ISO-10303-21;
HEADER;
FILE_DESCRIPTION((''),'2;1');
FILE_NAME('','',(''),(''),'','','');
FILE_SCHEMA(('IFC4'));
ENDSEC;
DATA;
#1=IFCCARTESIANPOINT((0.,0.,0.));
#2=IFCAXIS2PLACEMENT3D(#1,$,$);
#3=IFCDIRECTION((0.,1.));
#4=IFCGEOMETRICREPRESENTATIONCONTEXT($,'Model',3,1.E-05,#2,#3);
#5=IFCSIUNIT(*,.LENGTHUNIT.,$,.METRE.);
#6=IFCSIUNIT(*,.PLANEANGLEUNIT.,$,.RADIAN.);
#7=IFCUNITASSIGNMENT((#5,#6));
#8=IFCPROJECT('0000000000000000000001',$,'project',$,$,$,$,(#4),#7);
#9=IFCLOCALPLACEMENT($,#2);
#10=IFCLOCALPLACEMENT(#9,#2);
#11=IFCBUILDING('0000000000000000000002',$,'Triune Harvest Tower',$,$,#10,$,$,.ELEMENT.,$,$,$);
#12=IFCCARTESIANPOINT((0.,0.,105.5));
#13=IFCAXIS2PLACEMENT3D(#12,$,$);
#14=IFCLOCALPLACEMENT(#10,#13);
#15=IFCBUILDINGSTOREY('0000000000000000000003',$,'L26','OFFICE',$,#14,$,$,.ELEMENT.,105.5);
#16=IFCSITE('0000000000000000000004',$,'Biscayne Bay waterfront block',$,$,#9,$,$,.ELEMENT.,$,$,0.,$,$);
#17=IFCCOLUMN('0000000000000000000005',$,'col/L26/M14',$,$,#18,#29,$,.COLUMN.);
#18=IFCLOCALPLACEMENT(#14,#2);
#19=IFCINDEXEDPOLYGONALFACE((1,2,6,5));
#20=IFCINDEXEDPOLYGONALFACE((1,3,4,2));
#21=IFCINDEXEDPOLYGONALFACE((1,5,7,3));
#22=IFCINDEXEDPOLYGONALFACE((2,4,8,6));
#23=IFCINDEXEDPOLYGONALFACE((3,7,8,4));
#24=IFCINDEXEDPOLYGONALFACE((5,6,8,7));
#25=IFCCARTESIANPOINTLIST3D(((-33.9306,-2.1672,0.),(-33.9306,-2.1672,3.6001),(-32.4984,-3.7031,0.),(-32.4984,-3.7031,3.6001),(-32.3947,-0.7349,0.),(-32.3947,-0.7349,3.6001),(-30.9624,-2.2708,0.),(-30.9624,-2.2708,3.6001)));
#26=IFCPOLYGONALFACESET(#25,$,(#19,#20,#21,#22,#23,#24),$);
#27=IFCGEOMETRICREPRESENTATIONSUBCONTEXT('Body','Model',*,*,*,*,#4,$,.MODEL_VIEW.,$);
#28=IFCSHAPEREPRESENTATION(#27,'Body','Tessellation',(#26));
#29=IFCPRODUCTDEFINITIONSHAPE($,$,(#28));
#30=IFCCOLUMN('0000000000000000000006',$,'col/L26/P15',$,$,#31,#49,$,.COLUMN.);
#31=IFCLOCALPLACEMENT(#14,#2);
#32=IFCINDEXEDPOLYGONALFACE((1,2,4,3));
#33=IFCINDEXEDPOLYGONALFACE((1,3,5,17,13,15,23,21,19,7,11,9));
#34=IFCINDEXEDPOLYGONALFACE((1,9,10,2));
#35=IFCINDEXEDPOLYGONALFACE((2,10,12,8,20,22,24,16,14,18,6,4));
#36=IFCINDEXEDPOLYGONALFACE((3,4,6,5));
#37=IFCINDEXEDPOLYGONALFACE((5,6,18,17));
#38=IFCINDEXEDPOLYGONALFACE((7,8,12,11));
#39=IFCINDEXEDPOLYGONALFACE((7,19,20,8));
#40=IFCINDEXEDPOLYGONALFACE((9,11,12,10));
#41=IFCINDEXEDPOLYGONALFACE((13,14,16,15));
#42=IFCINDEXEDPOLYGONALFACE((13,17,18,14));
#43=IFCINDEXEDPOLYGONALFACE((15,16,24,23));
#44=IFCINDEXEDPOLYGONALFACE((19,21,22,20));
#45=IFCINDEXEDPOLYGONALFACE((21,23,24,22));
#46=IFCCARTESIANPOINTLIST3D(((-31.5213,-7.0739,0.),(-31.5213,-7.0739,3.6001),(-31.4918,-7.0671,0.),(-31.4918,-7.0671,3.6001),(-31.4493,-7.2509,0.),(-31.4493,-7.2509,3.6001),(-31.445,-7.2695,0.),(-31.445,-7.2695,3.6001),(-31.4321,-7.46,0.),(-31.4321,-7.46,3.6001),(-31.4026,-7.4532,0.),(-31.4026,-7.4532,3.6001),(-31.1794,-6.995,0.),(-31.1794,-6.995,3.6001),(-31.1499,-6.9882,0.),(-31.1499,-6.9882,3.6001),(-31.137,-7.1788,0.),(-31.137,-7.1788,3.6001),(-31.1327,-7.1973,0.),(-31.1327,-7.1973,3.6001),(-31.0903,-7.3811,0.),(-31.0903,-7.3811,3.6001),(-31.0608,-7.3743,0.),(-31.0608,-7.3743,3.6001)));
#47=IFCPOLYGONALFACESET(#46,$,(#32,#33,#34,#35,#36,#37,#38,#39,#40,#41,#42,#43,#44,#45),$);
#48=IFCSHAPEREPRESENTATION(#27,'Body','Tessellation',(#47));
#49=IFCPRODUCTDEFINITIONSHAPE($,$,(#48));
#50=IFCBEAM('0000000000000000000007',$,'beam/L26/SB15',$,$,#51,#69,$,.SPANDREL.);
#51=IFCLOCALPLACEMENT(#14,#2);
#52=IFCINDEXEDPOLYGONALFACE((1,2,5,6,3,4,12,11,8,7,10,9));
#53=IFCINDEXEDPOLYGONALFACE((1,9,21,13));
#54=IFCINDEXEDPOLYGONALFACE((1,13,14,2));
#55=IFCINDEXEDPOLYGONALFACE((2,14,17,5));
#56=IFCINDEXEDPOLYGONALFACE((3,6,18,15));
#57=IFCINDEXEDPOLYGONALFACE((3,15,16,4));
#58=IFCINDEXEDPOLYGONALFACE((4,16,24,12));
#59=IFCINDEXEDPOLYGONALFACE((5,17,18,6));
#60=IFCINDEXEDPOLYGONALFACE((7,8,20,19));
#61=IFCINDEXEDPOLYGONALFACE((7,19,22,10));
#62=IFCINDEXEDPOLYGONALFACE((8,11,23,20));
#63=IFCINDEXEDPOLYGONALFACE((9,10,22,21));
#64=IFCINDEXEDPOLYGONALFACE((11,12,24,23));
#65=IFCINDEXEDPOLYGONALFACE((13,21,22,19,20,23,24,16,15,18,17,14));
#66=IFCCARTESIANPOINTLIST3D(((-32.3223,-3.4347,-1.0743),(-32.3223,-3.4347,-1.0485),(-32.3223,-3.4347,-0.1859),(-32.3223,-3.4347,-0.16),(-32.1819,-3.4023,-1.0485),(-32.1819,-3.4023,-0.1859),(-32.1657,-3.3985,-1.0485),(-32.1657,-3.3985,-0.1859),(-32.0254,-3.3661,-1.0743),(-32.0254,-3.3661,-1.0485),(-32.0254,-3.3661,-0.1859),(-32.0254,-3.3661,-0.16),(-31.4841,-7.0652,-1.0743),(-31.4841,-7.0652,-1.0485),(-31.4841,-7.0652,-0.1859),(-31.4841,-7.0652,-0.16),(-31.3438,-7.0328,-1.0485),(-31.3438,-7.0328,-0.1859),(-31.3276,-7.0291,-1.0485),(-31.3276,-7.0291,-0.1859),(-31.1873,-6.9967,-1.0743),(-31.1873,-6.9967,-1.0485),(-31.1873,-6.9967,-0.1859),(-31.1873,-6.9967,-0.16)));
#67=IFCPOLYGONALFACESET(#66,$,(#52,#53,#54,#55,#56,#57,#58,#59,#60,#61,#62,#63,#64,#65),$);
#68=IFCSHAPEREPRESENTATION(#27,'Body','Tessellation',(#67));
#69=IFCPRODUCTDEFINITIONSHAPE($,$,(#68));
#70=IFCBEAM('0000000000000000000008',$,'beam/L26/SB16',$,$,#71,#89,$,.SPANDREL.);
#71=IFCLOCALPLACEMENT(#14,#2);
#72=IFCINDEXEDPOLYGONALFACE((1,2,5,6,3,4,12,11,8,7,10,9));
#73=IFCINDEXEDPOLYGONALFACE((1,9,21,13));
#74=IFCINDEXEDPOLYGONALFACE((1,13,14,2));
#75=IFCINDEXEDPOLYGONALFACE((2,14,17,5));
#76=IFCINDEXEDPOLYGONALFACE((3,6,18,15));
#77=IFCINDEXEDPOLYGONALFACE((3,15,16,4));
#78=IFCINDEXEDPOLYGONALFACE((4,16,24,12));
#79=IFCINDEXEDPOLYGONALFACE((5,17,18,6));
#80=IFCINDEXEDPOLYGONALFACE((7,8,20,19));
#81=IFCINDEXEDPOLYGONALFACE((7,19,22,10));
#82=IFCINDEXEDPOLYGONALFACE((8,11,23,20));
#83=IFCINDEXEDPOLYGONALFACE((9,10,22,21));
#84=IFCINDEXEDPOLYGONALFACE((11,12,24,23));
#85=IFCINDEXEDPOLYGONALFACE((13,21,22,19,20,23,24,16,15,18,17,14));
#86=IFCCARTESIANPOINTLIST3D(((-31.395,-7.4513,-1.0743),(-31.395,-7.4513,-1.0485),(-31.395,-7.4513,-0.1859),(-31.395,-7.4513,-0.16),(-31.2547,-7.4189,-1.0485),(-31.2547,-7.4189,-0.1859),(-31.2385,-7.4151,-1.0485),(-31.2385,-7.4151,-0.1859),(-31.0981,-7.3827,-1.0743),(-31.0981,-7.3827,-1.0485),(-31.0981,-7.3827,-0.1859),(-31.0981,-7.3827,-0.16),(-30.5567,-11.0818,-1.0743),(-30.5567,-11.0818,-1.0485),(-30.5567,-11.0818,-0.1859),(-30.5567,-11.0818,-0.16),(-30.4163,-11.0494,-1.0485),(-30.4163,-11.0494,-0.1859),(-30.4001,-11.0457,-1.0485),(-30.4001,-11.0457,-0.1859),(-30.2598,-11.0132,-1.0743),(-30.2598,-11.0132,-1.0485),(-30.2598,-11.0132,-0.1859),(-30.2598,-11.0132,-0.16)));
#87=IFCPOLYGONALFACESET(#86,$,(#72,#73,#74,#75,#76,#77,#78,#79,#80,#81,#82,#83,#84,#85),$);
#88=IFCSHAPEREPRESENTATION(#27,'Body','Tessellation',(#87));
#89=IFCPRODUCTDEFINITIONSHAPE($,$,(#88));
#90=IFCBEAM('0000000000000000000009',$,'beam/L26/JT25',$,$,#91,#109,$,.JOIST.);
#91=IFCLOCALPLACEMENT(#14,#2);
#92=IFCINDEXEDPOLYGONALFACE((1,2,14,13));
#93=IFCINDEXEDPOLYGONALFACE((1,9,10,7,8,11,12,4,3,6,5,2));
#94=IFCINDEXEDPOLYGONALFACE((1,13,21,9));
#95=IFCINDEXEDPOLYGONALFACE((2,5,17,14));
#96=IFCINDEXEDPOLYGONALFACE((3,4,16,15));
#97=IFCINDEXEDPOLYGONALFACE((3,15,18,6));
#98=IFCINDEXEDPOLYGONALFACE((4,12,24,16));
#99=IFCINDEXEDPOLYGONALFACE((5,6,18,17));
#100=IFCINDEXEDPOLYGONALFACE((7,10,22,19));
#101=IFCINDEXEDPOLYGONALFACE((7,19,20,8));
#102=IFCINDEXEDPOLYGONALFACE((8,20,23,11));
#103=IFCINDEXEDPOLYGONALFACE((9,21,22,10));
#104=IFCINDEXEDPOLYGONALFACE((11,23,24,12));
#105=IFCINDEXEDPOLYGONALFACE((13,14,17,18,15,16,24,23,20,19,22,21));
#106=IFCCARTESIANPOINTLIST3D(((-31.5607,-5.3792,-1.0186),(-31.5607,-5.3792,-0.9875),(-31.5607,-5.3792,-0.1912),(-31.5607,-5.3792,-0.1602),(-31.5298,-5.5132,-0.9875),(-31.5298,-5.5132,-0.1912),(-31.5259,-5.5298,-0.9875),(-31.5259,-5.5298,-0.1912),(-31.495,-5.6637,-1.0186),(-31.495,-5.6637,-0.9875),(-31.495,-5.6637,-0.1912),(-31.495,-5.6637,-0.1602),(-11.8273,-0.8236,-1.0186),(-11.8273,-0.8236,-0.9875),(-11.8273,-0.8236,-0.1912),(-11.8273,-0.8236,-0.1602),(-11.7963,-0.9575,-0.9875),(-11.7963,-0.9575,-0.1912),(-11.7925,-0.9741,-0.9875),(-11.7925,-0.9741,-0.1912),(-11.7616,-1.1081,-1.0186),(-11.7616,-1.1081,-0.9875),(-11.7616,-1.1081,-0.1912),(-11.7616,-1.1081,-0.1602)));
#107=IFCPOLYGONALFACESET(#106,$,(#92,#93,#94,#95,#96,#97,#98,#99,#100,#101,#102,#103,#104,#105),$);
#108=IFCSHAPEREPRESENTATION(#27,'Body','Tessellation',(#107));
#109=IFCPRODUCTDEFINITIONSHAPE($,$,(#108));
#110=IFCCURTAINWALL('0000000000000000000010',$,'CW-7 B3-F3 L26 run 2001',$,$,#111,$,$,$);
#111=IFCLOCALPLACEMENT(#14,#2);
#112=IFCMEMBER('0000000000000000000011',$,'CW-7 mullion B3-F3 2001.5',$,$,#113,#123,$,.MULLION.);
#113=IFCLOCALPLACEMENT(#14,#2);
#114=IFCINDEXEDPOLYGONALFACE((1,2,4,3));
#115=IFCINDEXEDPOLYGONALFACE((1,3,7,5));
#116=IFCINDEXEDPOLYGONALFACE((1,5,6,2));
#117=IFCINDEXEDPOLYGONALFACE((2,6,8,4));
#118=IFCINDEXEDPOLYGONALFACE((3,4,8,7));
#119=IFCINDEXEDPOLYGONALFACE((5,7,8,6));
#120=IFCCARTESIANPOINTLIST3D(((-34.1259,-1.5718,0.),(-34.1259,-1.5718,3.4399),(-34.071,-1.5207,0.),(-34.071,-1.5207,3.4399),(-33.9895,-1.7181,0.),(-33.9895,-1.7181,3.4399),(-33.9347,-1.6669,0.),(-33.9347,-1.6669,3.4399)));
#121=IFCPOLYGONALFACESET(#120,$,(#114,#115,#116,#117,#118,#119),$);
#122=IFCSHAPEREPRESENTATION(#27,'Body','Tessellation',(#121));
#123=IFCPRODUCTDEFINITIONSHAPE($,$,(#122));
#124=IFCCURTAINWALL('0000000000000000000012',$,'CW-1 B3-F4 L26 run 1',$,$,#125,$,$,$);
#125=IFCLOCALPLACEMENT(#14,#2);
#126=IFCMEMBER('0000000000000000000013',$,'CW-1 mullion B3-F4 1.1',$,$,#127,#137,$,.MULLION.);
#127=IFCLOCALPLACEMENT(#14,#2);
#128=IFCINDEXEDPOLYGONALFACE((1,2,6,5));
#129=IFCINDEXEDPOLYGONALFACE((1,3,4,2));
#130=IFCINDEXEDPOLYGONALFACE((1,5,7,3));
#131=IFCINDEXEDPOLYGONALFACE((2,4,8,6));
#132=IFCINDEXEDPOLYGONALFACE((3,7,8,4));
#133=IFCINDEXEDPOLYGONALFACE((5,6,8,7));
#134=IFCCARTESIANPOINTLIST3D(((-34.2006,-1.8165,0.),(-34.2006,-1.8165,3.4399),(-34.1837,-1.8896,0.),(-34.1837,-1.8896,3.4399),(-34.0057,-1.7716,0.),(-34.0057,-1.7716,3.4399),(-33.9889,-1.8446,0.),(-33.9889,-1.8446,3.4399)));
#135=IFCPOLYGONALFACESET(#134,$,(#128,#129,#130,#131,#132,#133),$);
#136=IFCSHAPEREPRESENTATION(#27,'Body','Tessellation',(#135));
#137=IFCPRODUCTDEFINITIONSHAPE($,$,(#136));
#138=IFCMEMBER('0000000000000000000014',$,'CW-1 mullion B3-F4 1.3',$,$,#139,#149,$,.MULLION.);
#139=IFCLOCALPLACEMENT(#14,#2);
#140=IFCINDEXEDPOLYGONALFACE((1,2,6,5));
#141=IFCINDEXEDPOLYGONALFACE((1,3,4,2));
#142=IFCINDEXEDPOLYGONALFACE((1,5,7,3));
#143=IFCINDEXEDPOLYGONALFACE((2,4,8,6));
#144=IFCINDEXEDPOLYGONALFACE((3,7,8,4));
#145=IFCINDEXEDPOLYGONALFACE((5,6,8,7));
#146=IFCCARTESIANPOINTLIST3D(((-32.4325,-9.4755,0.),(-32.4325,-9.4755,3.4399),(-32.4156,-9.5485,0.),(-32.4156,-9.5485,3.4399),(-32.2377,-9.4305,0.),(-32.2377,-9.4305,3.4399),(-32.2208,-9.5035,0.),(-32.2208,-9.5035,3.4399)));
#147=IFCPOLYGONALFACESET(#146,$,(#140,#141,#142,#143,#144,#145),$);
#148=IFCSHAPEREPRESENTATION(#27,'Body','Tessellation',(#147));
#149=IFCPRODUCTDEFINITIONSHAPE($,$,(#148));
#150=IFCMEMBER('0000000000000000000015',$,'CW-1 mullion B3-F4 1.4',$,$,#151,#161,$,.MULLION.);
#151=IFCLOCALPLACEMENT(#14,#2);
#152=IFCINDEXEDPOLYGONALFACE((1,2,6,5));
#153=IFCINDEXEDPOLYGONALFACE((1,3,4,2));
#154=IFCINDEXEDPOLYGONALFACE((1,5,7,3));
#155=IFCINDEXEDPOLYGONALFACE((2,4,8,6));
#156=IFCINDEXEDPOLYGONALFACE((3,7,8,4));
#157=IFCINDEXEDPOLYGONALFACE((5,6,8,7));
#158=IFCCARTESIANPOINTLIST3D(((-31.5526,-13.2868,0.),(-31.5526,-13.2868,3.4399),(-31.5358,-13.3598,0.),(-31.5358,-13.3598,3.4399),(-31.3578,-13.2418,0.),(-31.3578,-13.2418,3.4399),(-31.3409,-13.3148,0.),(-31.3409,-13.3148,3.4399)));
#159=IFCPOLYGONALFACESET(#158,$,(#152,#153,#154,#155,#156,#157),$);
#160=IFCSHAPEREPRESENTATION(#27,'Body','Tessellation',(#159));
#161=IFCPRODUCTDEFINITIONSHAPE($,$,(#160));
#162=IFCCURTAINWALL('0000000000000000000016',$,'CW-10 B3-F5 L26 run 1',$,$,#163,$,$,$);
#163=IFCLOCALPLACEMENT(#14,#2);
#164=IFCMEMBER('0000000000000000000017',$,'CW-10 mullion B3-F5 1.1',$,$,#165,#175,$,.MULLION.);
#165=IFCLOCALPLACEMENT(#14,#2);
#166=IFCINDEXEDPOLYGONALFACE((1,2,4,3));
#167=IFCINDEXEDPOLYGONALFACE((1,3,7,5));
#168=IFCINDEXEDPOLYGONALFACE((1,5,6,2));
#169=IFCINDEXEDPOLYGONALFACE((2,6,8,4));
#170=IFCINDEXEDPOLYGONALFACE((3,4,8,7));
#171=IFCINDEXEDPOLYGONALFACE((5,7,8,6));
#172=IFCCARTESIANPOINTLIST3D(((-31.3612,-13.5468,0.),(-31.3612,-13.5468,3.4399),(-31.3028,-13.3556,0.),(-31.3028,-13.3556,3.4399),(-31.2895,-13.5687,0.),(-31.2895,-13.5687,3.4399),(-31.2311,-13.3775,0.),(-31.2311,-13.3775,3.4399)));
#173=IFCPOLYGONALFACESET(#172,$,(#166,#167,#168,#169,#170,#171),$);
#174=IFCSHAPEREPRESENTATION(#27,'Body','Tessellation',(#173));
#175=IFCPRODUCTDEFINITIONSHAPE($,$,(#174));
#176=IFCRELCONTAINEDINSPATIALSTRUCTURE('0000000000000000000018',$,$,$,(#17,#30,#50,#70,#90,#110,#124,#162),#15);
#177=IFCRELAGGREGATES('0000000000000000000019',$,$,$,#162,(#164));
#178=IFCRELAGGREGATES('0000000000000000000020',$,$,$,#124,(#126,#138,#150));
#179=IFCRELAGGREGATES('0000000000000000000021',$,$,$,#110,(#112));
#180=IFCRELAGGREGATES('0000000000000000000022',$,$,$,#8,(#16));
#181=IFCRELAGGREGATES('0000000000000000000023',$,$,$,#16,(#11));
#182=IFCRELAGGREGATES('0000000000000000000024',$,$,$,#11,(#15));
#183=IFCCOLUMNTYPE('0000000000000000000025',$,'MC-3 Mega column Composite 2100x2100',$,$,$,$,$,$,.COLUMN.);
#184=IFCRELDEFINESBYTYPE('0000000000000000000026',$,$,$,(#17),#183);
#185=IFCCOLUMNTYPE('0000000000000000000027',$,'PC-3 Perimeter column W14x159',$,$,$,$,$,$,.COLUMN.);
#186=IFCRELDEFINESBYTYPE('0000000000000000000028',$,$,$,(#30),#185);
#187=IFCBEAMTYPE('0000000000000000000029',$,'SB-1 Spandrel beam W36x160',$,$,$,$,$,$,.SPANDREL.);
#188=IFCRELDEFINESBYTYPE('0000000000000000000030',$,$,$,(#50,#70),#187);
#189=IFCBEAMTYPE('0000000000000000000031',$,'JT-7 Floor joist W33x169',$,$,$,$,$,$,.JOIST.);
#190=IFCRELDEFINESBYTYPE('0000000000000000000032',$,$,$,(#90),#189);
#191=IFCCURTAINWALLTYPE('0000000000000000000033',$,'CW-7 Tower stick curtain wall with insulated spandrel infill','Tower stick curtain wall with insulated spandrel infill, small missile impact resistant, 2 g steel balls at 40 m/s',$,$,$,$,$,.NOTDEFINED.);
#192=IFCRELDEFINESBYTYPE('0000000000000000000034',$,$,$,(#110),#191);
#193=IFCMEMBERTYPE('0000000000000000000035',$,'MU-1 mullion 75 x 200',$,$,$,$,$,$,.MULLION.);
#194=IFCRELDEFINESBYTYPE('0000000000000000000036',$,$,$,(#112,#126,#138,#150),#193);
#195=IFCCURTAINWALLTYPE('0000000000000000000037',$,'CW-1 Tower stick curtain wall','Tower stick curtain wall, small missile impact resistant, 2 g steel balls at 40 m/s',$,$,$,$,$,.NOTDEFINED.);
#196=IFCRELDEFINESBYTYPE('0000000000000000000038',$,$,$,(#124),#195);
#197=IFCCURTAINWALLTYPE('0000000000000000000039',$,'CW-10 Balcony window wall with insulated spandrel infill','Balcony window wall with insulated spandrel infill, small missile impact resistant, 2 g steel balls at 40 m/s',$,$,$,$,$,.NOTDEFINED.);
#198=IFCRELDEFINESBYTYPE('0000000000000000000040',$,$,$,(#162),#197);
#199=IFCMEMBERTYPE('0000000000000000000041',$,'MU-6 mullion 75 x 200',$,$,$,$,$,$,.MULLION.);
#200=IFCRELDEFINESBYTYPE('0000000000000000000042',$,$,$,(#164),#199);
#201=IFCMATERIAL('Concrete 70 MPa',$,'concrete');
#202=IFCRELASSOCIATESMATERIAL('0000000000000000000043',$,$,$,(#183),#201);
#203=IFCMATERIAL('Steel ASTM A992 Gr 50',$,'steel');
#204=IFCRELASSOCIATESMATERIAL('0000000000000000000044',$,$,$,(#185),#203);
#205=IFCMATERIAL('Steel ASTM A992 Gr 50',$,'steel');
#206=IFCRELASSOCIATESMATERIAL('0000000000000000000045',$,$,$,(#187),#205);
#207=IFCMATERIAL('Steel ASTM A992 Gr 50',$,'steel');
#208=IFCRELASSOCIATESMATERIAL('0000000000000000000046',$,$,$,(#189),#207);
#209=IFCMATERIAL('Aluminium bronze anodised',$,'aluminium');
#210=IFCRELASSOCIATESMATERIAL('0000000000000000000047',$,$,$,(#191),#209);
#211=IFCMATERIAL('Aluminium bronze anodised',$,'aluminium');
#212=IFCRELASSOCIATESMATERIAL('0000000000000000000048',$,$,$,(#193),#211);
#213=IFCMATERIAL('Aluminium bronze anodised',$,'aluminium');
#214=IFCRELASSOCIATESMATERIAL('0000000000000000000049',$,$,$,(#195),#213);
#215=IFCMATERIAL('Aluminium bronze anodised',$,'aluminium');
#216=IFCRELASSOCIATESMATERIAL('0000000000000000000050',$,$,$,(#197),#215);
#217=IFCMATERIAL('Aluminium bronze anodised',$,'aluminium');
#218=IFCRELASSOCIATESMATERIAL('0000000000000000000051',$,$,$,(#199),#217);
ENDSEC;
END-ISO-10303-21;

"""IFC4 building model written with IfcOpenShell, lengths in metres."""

from ifc_helpers import new_model, si_unit, direction, frame, origin, origin_2d, place, context, subcontext, project, spatial, rectangle, i_section, extrude, source, transform, mapped, material, material_profile, profile_set, type_object, element, aggregate, save


model = new_model("IFC4")

# Units and contexts
model_context = context("Model", 3, precision=1e-05, world=origin(), true_north=direction((0.0, 1.0)))
body_context = subcontext(model_context, "Body", "Model", "MODEL_VIEW")
ifc_project = project(units=[si_unit("LENGTHUNIT", "METRE"), si_unit("PLANEANGLEUNIT", "RADIAN")], contexts=[model_context])

# Site, building, storey
site_placement = place(None, origin())
site = spatial("IfcSite", under=ifc_project, at=site_placement, Name="Biscayne Bay waterfront block", CompositionType="ELEMENT", RefElevation=0.0)
building_placement = place(site_placement, origin())
building = spatial("IfcBuilding", under=site, at=building_placement, Name="Triune Harvest Tower", CompositionType="ELEMENT")
storey_placement = place(building_placement, frame((0.0, 0.0, 105.5)))
storey = spatial("IfcBuildingStorey", under=building, at=storey_placement, Name="L26", Description="OFFICE", CompositionType="ELEMENT", Elevation=105.5)

# Columns
ifc_material_1 = material(Name="Concrete 70 MPa", Category="concrete")
ifc_material_profile_1 = material_profile(ifc_material_1, rectangle(XDim=2.1001, YDim=2.1001, at=origin_2d()), Name="Composite 2100x2100")
ifc_profile_set_1 = profile_set([ifc_material_profile_1], Name="Concrete 70 MPa")
column_type_1 = type_object("IfcColumnType", Name="MC-3 Mega column Composite 2100x2100", PredefinedType="COLUMN", material=ifc_profile_set_1)
shared_shape_1 = source(origin(), body_context, "Body", "SweptSolid", [
    extrude(rectangle(XDim=2.1001, YDim=2.1001, at=origin_2d()), origin(), (0.0, 0.0, 1.0), 3.6001),
])
column_1_placement = place(storey_placement, frame((-32.4465, -2.219, 0.0), z_axis=(0.0, 0.0, 1.0), x_axis=(-0.731355, -0.681997, 0.0)))
element("IfcColumn", 1, at=column_1_placement, inside=storey, type_object=column_type_1, Name="col/L26/M14", PredefinedType="COLUMN", context=body_context, shape_type="MappedRepresentation", body=[
    mapped(shared_shape_1, transform((0.0, 0.0, 0.0), scale=1.0)),
])
ifc_material_2 = material(Name="Steel ASTM A992 Gr 50", Category="steel")
ifc_material_profile_2 = material_profile(ifc_material_2, i_section(OverallWidth=0.3962, OverallDepth=0.3811, WebThickness=0.019, FlangeThickness=0.0303, at=origin_2d()), Name="W14x159")
ifc_profile_set_2 = profile_set([ifc_material_profile_2], Name="Steel ASTM A992 Gr 50")
column_type_2 = type_object("IfcColumnType", Name="PC-3 Perimeter column W14x159", PredefinedType="COLUMN", material=ifc_profile_set_2)
shared_shape_2 = source(origin(), body_context, "Body", "SweptSolid", [
    extrude(i_section(OverallWidth=0.3962, OverallDepth=0.3811, WebThickness=0.019, FlangeThickness=0.0303, at=origin_2d()), origin(), (0.0, 0.0, 1.0), 3.6001),
])
column_2_placement = place(storey_placement, frame((-31.291, -7.2241, 0.0), z_axis=(0.0, 0.0, 1.0), x_axis=(0.224951, -0.97437, 0.0)))
element("IfcColumn", 2, at=column_2_placement, inside=storey, type_object=column_type_2, Name="col/L26/P15", PredefinedType="COLUMN", context=body_context, shape_type="MappedRepresentation", body=[
    mapped(shared_shape_2, transform((0.0, 0.0, 0.0), scale=1.0)),
])

# Beams
ifc_material_3 = material(Name="Steel ASTM A992 Gr 50", Category="steel")
ifc_material_profile_3 = material_profile(ifc_material_3, i_section(OverallWidth=0.3047, OverallDepth=0.9143, WebThickness=0.0166, FlangeThickness=0.0259, at=origin_2d()), Name="W36x160")
ifc_profile_set_3 = profile_set([ifc_material_profile_3], Name="Steel ASTM A992 Gr 50")
beam_type_1 = type_object("IfcBeamType", Name="SB-1 Spandrel beam W36x160", PredefinedType="SPANDREL", material=ifc_profile_set_3)
shared_shape_3 = source(origin(), body_context, "Body", "SweptSolid", [
    extrude(i_section(OverallWidth=0.3047, OverallDepth=0.9143, WebThickness=0.0166, FlangeThickness=0.0259, at=origin_2d()), origin(), (0.0, 0.0, 1.0), 3.7261),
])
for number, where, z_axis, x_axis, name in (
    (3, (-32.1738, -3.4004, -0.6172), (0.224936, -0.974374, 0.0), (0.974374, 0.224936, 0.0), "beam/L26/SB15"),
    (4, (-31.2466, -7.417, -0.6172), (0.224998, -0.974359, 0.0), (0.974359, 0.224998, 0.0), "beam/L26/SB16"),
):
    element("IfcBeam", number, at=place(storey_placement, frame(where, z_axis=z_axis, x_axis=x_axis)), inside=storey, type_object=beam_type_1, Name=name, PredefinedType="SPANDREL", context=body_context, shape_type="MappedRepresentation", body=[
        mapped(shared_shape_3, transform((0.0, 0.0, 0.0), scale=1.0)),
    ])
ifc_material_4 = material(Name="Steel ASTM A992 Gr 50", Category="steel")
ifc_material_profile_4 = material_profile(ifc_material_4, i_section(OverallWidth=0.292, OverallDepth=0.8584, WebThickness=0.0171, FlangeThickness=0.031, at=origin_2d()), Name="W33x169")
ifc_profile_set_4 = profile_set([ifc_material_profile_4], Name="Steel ASTM A992 Gr 50")
beam_type_2 = type_object("IfcBeamType", Name="JT-7 Floor joist W33x169", PredefinedType="JOIST", material=ifc_profile_set_4)
shared_shape_4 = source(origin(), body_context, "Body", "SweptSolid", [
    extrude(i_section(OverallWidth=0.292, OverallDepth=0.8584, WebThickness=0.0171, FlangeThickness=0.031, at=origin_2d()), origin(), (0.0, 0.0, 1.0), 20.2524),
])
beam_placement = place(storey_placement, frame((-31.5278, -5.5215, -0.5894), z_axis=(0.974372, 0.224944, 0.0), x_axis=(-0.224944, 0.974372, 0.0)))
element("IfcBeam", 5, at=beam_placement, inside=storey, type_object=beam_type_2, Name="beam/L26/JT25", PredefinedType="JOIST", context=body_context, shape_type="MappedRepresentation", body=[
    mapped(shared_shape_4, transform((0.0, 0.0, 0.0), scale=1.0)),
])

# Curtain wall, member
ifc_material_5 = material(Name="Aluminium bronze anodised", Category="aluminium")
curtain_wall_type_1 = type_object("IfcCurtainWallType", Name="CW-7 Tower stick curtain wall with insulated spandrel infill", Description="Tower stick curtain wall with insulated spandrel infill, small missile impact resistant, 2 g steel balls at 40 m/s", PredefinedType="NOTDEFINED", material=ifc_material_5)
curtain_wall_1_placement = place(storey_placement, origin())
curtain_wall_1 = element("IfcCurtainWall", 6, at=curtain_wall_1_placement, inside=storey, type_object=curtain_wall_type_1, Name="CW-7 B3-F3 L26 run 2001")
ifc_material_6 = material(Name="Aluminium bronze anodised", Category="aluminium")
ifc_material_profile_5 = material_profile(ifc_material_6, rectangle(XDim=0.2, YDim=0.075, at=origin_2d()), Name="MU-1 mullion 75 x 200")
ifc_profile_set_5 = profile_set([ifc_material_profile_5], Name="Aluminium bronze anodised")
member_type_1 = type_object("IfcMemberType", Name="MU-1 mullion 75 x 200", PredefinedType="MULLION", material=ifc_profile_set_5)
shared_shape_5 = source(origin(), body_context, "Body", "SweptSolid", [
    extrude(rectangle(XDim=0.2, YDim=0.075, at=origin_2d()), origin(), (0.0, 0.0, 1.0), 3.4399),
])
member_1_placement = place(storey_placement, frame((-34.0303, -1.6194, 0.0), z_axis=(0.0, 0.0, 1.0), x_axis=(0.681999, -0.731353, 0.0)))
member_1 = element("IfcMember", 7, at=member_1_placement, type_object=member_type_1, Name="CW-7 mullion B3-F3 2001.5", PredefinedType="MULLION", context=body_context, shape_type="MappedRepresentation", body=[
    mapped(shared_shape_5, transform((0.0, 0.0, 0.0), scale=1.0)),
])

# Curtain wall, members
ifc_material_7 = material(Name="Aluminium bronze anodised", Category="aluminium")
curtain_wall_type_2 = type_object("IfcCurtainWallType", Name="CW-1 Tower stick curtain wall", Description="Tower stick curtain wall, small missile impact resistant, 2 g steel balls at 40 m/s", PredefinedType="NOTDEFINED", material=ifc_material_7)
curtain_wall_2_placement = place(storey_placement, origin())
curtain_wall_2 = element("IfcCurtainWall", 8, at=curtain_wall_2_placement, inside=storey, type_object=curtain_wall_type_2, Name="CW-1 B3-F4 L26 run 1")
member_2_placement = place(storey_placement, frame((-34.0947, -1.8306, 0.0), z_axis=(0.0, 0.0, 1.0), x_axis=(0.974371, 0.224947, 0.0)))
member_2 = element("IfcMember", 9, at=member_2_placement, type_object=member_type_1, Name="CW-1 mullion B3-F4 1.1", PredefinedType="MULLION", context=body_context, shape_type="MappedRepresentation", body=[
    mapped(shared_shape_5, transform((0.0, 0.0, 0.0), scale=1.0)),
])
member_3_placement = place(storey_placement, frame((-32.3267, -9.4895, 0.0), z_axis=(0.0, 0.0, 1.0), x_axis=(0.974371, 0.224947, 0.0)))
member_3 = element("IfcMember", 10, at=member_3_placement, type_object=member_type_1, Name="CW-1 mullion B3-F4 1.3", PredefinedType="MULLION", context=body_context, shape_type="MappedRepresentation", body=[
    mapped(shared_shape_5, transform((0.0, 0.0, 0.0), scale=1.0)),
])
member_4_placement = place(storey_placement, frame((-31.4468, -13.3008, 0.0), z_axis=(0.0, 0.0, 1.0), x_axis=(0.974371, 0.224947, 0.0)))
member_4 = element("IfcMember", 11, at=member_4_placement, type_object=member_type_1, Name="CW-1 mullion B3-F4 1.4", PredefinedType="MULLION", context=body_context, shape_type="MappedRepresentation", body=[
    mapped(shared_shape_5, transform((0.0, 0.0, 0.0), scale=1.0)),
])

# Curtain wall, member
ifc_material_8 = material(Name="Aluminium bronze anodised", Category="aluminium")
curtain_wall_type_3 = type_object("IfcCurtainWallType", Name="CW-10 Balcony window wall with insulated spandrel infill", Description="Balcony window wall with insulated spandrel infill, small missile impact resistant, 2 g steel balls at 40 m/s", PredefinedType="NOTDEFINED", material=ifc_material_8)
curtain_wall_3_placement = place(storey_placement, origin())
curtain_wall_3 = element("IfcCurtainWall", 12, at=curtain_wall_3_placement, inside=storey, type_object=curtain_wall_type_3, Name="CW-10 B3-F5 L26 run 1")
ifc_material_9 = material(Name="Aluminium bronze anodised", Category="aluminium")
ifc_material_profile_6 = material_profile(ifc_material_9, rectangle(XDim=0.2, YDim=0.075, at=origin_2d()), Name="MU-6 mullion 75 x 200")
ifc_profile_set_6 = profile_set([ifc_material_profile_6], Name="Aluminium bronze anodised")
member_type_2 = type_object("IfcMemberType", Name="MU-6 mullion 75 x 200", PredefinedType="MULLION", material=ifc_profile_set_6)
shared_shape_6 = source(origin(), body_context, "Body", "SweptSolid", [
    extrude(rectangle(XDim=0.2, YDim=0.075, at=origin_2d()), origin(), (0.0, 0.0, 1.0), 3.4399),
])
member_5_placement = place(storey_placement, frame((-31.2961, -13.4622, 0.0), z_axis=(0.0, 0.0, 1.0), x_axis=(0.292372, 0.956305, 0.0)))
member_5 = element("IfcMember", 13, at=member_5_placement, type_object=member_type_2, Name="CW-10 mullion B3-F5 1.1", PredefinedType="MULLION", context=body_context, shape_type="MappedRepresentation", body=[
    mapped(shared_shape_6, transform((0.0, 0.0, 0.0), scale=1.0)),
])

aggregate(curtain_wall_3, [member_5])

aggregate(curtain_wall_2, [member_2, member_3, member_4])
aggregate(curtain_wall_1, [member_1])

save(model, "model.ifc")
